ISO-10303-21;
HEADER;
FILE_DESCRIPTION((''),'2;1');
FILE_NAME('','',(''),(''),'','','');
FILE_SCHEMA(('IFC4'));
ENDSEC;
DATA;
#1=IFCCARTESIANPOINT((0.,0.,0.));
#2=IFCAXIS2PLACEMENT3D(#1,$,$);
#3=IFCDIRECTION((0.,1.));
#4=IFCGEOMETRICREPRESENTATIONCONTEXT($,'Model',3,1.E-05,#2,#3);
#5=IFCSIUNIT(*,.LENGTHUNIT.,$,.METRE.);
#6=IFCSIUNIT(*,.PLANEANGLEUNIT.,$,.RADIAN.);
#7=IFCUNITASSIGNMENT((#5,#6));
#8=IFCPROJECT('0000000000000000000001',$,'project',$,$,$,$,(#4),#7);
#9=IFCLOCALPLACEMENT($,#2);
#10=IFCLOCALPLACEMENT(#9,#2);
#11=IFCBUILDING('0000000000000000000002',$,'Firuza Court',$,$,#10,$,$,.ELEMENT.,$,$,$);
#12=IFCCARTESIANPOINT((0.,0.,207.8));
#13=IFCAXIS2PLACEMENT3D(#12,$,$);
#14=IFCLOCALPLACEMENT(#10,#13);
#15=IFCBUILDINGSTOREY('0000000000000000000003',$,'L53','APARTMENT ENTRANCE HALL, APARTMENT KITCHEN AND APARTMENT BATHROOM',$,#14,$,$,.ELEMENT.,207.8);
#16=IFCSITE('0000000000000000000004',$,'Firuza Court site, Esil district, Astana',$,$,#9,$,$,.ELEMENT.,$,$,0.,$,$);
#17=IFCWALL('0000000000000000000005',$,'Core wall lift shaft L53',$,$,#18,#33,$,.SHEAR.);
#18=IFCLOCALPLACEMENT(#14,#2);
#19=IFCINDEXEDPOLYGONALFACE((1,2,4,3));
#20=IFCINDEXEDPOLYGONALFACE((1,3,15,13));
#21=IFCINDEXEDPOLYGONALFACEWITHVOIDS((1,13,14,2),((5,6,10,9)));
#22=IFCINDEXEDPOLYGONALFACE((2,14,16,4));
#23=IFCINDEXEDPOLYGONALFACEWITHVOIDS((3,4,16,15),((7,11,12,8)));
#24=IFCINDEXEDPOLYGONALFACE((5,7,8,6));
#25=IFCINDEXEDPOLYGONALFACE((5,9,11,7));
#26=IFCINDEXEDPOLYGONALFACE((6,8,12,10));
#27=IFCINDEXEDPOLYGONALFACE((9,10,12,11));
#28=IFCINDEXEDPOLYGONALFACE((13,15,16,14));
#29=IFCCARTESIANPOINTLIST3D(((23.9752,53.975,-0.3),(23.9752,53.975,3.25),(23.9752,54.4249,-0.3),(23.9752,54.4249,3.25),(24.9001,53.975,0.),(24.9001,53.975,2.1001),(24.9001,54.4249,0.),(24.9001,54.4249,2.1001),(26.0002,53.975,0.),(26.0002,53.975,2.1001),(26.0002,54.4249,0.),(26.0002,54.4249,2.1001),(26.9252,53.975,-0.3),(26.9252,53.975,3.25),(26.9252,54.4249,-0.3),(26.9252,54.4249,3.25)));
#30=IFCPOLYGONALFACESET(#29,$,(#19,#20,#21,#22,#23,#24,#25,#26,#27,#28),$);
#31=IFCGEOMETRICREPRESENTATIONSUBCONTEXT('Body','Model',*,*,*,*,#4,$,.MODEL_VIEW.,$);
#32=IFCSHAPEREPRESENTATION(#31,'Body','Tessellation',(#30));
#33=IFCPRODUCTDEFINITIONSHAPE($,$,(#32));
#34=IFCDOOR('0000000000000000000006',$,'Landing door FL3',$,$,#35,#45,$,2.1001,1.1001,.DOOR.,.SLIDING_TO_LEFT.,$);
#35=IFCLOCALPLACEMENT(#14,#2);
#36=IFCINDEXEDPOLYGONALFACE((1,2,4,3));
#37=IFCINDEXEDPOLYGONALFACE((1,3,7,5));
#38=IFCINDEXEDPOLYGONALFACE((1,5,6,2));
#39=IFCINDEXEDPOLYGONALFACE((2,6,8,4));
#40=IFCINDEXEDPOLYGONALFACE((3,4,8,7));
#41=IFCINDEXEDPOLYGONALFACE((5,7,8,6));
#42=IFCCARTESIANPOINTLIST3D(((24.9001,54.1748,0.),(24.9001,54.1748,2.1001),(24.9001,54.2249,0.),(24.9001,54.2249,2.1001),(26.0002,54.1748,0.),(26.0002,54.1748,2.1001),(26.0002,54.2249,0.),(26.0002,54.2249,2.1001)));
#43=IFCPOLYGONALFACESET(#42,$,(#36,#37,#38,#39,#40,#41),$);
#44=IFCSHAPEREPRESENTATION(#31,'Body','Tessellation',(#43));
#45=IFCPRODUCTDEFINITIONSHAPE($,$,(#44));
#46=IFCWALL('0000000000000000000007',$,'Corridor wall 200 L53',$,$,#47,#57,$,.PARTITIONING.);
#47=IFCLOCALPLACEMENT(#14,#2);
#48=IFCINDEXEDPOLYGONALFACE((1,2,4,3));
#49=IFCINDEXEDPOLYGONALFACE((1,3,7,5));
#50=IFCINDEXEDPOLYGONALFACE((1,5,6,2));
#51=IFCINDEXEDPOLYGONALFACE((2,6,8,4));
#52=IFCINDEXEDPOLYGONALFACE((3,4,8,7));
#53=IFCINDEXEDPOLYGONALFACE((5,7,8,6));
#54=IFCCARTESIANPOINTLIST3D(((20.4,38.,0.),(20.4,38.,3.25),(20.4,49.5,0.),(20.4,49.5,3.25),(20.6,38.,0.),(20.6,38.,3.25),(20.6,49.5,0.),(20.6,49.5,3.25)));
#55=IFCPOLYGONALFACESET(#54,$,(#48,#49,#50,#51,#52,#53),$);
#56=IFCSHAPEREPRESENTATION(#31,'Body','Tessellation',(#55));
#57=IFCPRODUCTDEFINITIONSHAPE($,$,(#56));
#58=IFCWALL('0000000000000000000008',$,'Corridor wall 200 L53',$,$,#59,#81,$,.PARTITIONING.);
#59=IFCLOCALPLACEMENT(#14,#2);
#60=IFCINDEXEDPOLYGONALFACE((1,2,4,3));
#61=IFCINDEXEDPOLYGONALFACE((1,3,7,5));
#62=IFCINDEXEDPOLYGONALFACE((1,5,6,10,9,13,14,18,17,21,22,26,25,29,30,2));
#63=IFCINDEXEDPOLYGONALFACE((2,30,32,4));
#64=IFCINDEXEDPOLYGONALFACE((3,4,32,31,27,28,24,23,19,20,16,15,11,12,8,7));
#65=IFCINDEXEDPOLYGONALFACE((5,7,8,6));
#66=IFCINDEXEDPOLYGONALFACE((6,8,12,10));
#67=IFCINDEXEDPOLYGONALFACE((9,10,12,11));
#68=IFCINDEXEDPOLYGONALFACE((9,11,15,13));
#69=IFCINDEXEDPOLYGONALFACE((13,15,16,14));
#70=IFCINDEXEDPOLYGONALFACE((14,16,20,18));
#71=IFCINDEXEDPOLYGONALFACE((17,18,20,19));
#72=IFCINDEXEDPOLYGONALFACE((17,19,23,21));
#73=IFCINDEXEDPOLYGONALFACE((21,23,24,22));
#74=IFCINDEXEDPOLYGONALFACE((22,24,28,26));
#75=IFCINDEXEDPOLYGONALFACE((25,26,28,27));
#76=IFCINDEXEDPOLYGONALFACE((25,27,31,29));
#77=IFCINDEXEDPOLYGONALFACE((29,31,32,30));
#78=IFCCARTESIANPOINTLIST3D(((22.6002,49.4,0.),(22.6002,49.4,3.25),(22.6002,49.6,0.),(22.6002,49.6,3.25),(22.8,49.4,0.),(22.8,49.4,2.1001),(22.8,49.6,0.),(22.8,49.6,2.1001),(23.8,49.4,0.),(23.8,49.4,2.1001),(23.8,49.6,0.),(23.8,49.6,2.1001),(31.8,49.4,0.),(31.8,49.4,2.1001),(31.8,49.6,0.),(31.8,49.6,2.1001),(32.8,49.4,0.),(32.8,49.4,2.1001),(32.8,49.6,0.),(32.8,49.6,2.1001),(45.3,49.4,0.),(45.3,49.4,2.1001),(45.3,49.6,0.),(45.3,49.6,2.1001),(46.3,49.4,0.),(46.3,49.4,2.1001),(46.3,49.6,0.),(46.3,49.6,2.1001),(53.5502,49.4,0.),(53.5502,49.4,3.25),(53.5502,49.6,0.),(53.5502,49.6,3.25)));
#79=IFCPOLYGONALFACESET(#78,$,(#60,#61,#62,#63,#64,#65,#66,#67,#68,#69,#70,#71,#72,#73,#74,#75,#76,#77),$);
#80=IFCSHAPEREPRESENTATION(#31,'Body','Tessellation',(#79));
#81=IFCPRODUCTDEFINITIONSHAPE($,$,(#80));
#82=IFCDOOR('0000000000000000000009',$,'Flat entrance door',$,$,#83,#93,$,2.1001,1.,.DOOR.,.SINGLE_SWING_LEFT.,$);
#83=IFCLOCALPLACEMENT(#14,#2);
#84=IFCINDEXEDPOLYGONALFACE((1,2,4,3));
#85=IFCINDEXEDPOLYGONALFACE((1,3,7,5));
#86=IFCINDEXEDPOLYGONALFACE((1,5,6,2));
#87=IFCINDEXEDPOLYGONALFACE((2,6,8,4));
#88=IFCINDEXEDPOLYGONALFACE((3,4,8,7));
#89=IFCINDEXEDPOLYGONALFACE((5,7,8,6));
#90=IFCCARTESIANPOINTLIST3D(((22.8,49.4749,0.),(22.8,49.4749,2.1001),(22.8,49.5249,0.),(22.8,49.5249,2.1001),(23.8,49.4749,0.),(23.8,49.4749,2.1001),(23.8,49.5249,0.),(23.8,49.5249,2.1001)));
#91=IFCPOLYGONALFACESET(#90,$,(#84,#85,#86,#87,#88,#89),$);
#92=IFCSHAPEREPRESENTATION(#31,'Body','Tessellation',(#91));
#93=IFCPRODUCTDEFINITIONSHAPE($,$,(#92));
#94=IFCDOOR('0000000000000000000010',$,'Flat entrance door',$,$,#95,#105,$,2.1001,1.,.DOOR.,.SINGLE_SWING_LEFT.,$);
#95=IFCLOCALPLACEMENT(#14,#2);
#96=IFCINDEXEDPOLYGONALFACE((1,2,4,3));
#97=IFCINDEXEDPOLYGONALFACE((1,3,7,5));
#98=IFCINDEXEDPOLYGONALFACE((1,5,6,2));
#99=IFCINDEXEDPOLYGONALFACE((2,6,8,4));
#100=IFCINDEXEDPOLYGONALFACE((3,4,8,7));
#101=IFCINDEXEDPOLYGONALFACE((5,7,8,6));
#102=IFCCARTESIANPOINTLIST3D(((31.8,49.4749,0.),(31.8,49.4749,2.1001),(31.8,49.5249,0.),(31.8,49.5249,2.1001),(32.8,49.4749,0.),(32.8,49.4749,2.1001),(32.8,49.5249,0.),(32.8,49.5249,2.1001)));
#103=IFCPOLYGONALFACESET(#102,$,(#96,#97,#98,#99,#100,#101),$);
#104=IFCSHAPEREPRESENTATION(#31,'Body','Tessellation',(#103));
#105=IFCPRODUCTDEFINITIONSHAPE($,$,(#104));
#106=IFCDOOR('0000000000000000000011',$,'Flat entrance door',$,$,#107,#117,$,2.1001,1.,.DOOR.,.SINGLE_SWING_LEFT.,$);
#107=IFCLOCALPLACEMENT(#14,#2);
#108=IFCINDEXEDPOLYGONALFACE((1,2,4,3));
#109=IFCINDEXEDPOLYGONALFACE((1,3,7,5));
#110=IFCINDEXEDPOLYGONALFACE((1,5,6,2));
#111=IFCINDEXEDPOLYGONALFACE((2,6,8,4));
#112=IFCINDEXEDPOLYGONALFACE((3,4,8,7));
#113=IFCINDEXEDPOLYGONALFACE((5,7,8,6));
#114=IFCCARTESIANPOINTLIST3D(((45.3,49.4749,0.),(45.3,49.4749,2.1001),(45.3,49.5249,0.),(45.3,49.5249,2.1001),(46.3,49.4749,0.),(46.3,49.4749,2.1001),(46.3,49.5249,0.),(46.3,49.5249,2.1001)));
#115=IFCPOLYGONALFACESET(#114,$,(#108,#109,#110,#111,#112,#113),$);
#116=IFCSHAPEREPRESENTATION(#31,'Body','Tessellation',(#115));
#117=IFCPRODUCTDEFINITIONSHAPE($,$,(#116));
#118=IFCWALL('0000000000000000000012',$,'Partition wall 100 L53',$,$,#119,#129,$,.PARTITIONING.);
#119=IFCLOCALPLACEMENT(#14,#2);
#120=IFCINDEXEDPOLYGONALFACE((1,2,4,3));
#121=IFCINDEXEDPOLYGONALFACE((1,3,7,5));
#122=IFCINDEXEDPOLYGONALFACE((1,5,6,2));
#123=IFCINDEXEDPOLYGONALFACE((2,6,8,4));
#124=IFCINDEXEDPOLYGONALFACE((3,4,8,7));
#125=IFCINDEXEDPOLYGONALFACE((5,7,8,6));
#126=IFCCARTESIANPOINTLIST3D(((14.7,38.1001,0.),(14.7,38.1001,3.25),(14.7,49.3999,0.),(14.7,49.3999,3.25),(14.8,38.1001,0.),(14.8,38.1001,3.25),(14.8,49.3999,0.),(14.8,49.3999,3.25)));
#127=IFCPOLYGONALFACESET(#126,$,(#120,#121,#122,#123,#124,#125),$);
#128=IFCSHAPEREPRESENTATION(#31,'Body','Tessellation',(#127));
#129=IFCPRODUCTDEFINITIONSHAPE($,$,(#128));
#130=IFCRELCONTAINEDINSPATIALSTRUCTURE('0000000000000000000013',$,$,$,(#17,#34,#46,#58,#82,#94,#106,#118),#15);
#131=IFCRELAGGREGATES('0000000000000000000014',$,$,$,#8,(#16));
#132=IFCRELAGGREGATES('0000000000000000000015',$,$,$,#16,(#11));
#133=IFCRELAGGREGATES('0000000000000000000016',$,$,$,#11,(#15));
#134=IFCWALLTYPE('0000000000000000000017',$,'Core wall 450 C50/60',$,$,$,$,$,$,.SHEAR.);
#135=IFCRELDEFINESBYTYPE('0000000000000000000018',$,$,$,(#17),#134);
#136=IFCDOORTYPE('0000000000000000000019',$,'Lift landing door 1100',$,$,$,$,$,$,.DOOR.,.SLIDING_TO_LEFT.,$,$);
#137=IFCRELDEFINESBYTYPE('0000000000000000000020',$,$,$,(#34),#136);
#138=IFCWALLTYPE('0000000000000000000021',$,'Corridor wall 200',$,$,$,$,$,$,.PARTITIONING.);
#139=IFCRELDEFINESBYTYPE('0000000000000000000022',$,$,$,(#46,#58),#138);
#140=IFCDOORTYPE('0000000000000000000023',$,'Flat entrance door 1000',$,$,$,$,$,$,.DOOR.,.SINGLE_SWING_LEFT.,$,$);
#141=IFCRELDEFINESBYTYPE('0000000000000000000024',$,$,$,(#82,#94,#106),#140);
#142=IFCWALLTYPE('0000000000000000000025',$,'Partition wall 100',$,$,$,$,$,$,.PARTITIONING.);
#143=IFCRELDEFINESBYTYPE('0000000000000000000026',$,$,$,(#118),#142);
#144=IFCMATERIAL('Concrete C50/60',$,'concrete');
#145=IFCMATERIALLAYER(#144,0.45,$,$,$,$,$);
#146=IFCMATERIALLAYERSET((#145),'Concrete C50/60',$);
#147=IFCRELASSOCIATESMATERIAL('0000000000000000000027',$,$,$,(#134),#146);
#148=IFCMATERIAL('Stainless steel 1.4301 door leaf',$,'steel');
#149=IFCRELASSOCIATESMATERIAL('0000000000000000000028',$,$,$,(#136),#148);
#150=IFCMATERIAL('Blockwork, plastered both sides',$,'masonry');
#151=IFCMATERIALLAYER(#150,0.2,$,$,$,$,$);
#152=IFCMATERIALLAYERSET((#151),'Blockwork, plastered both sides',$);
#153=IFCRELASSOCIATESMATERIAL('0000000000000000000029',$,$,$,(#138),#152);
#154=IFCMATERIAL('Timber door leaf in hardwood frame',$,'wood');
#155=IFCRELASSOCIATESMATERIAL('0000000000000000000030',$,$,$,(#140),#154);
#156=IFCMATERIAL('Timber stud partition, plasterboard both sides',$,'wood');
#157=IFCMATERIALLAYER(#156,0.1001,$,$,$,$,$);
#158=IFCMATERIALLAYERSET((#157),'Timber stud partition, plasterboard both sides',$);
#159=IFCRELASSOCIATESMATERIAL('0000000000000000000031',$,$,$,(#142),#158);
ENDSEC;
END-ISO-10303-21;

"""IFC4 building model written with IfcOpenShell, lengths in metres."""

from ifc_helpers import new_model, si_unit, direction, frame, frame_2d, origin, place, context, subcontext, project, spatial, rectangle, extrude, material, layer, layer_set, type_object, element, fill, save


model = new_model("IFC4")

# Units and contexts
model_context = context("Model", 3, precision=1e-05, world=origin(), true_north=direction((0.0, 1.0)))
body_context = subcontext(model_context, "Body", "Model", "MODEL_VIEW")
ifc_project = project(units=[si_unit("LENGTHUNIT", "METRE"), si_unit("PLANEANGLEUNIT", "RADIAN")], contexts=[model_context])

# Site, building, storey
site_placement = place(None, origin())
site = spatial("IfcSite", under=ifc_project, at=site_placement, Name="Firuza Court site, Esil district, Astana", CompositionType="ELEMENT", RefElevation=0.0)
building_placement = place(site_placement, origin())
building = spatial("IfcBuilding", under=site, at=building_placement, Name="Firuza Court", CompositionType="ELEMENT")
storey_placement = place(building_placement, frame((0.0, 0.0, 207.8)))
storey = spatial("IfcBuildingStorey", under=building, at=storey_placement, Name="L53", Description="APARTMENT ENTRANCE HALL, APARTMENT KITCHEN AND APARTMENT BATHROOM", CompositionType="ELEMENT", Elevation=207.8)

# Wall, opening, door
ifc_material_1 = material(Name="Concrete C50/60", Category="concrete")
ifc_layer_1 = layer(ifc_material_1, 0.45)
ifc_layer_set_1 = layer_set([ifc_layer_1], Name="Concrete C50/60")
wall_type_1 = type_object("IfcWallType", Name="Core wall 450 C50/60", PredefinedType="SHEAR", material=ifc_layer_set_1)
wall_1_placement = place(storey_placement, frame((23.9751, 54.2, -0.3), z_axis=(0.0, 0.0, 1.0), x_axis=(1.0, 0.0, 0.0)))
wall_1 = element("IfcWall", 1, at=wall_1_placement, inside=storey, type_object=wall_type_1, Name="Core wall lift shaft L53", PredefinedType="SHEAR", context=body_context, shape_type="SweptSolid", body=[
    extrude(rectangle(XDim=2.95, YDim=0.45, at=frame_2d((1.4751, 0.0))), origin(), (0.0, 0.0, 1.0), 3.55),
])
opening_1_placement = place(wall_1_placement, frame((0.925, 0.0, 0.3)))
opening_1 = element("IfcOpeningElement", 2, at=opening_1_placement, cuts=wall_1, PredefinedType="OPENING", context=body_context, shape_type="SweptSolid", body=[
    extrude(rectangle(XDim=1.1001, YDim=2.1001, at=frame_2d((0.55, 1.05))), frame((0.0, 0.2368, 0.0), z_axis=(0.0, -1.0, 0.0), x_axis=(1.0, 0.0, 0.0)), (0.0, 0.0, 1.0), 0.4739),
])
ifc_material_2 = material(Name="Stainless steel 1.4301 door leaf", Category="steel")
door_type_1 = type_object("IfcDoorType", Name="Lift landing door 1100", OperationType="SLIDING_TO_LEFT", PredefinedType="DOOR", material=ifc_material_2)
door_1_placement = place(opening_1_placement, origin())
door_1 = element("IfcDoor", 3, at=door_1_placement, inside=storey, type_object=door_type_1, Name="Landing door FL3", OperationType="SLIDING_TO_LEFT", OverallHeight=2.1001, OverallWidth=1.1001, PredefinedType="DOOR", context=body_context, shape_type="SweptSolid", body=[
    extrude(rectangle(XDim=1.1001, YDim=2.1001, at=frame_2d((0.55, 1.05))), frame((0.0, 0.0249, 0.0), z_axis=(0.0, -1.0, 0.0), x_axis=(1.0, 0.0, 0.0)), (0.0, 0.0, 1.0), 0.05),
])
fill(opening_1, door_1)

# Wall
ifc_material_3 = material(Name="Blockwork, plastered both sides", Category="masonry")
ifc_layer_2 = layer(ifc_material_3, 0.2)
ifc_layer_set_2 = layer_set([ifc_layer_2], Name="Blockwork, plastered both sides")
wall_type_2 = type_object("IfcWallType", Name="Corridor wall 200", PredefinedType="PARTITIONING", material=ifc_layer_set_2)
wall_2_placement = place(storey_placement, frame((20.5, 38.0, 0.0), z_axis=(0.0, 0.0, 1.0), x_axis=(0.0, 1.0, 0.0)))
element("IfcWall", 4, at=wall_2_placement, inside=storey, type_object=wall_type_2, Name="Corridor wall 200 L53", PredefinedType="PARTITIONING", context=body_context, shape_type="SweptSolid", body=[
    extrude(rectangle(XDim=11.5, YDim=0.2, at=frame_2d((5.75, 0.0))), origin(), (0.0, 0.0, 1.0), 3.25),
])

# Wall, openings, doors
wall_3_placement = place(storey_placement, frame((22.6001, 49.5, 0.0), z_axis=(0.0, 0.0, 1.0), x_axis=(1.0, 0.0, 0.0)))
wall_3 = element("IfcWall", 5, at=wall_3_placement, inside=storey, type_object=wall_type_2, Name="Corridor wall 200 L53", PredefinedType="PARTITIONING", context=body_context, shape_type="SweptSolid", body=[
    extrude(rectangle(XDim=30.95, YDim=0.2, at=frame_2d((15.4751, 0.0))), origin(), (0.0, 0.0, 1.0), 3.25),
])
opening_2_placement = place(wall_3_placement, frame((0.2, 0.0, 0.0)))
opening_2 = element("IfcOpeningElement", 6, at=opening_2_placement, cuts=wall_3, PredefinedType="OPENING", context=body_context, shape_type="SweptSolid", body=[
    extrude(rectangle(XDim=1.0, YDim=2.1001, at=frame_2d((0.5, 1.05))), frame((0.0, 0.1118, 0.0), z_axis=(0.0, -1.0, 0.0), x_axis=(1.0, 0.0, 0.0)), (0.0, 0.0, 1.0), 0.2239),
])
opening_3_placement = place(wall_3_placement, frame((9.2, 0.0, 0.0)))
opening_3 = element("IfcOpeningElement", 7, at=opening_3_placement, cuts=wall_3, PredefinedType="OPENING", context=body_context, shape_type="SweptSolid", body=[
    extrude(rectangle(XDim=1.0, YDim=2.1001, at=frame_2d((0.5, 1.05))), frame((0.0, 0.1118, 0.0), z_axis=(0.0, -1.0, 0.0), x_axis=(1.0, 0.0, 0.0)), (0.0, 0.0, 1.0), 0.2239),
])
opening_4_placement = place(wall_3_placement, frame((22.7, 0.0, 0.0)))
opening_4 = element("IfcOpeningElement", 8, at=opening_4_placement, cuts=wall_3, PredefinedType="OPENING", context=body_context, shape_type="SweptSolid", body=[
    extrude(rectangle(XDim=1.0, YDim=2.1001, at=frame_2d((0.5, 1.05))), frame((0.0, 0.1118, 0.0), z_axis=(0.0, -1.0, 0.0), x_axis=(1.0, 0.0, 0.0)), (0.0, 0.0, 1.0), 0.2239),
])
ifc_material_4 = material(Name="Timber door leaf in hardwood frame", Category="wood")
door_type_2 = type_object("IfcDoorType", Name="Flat entrance door 1000", OperationType="SINGLE_SWING_LEFT", PredefinedType="DOOR", material=ifc_material_4)
door_2_placement = place(opening_2_placement, origin())
door_2 = element("IfcDoor", 9, at=door_2_placement, inside=storey, type_object=door_type_2, Name="Flat entrance door", OperationType="SINGLE_SWING_LEFT", OverallHeight=2.1001, OverallWidth=1.0, PredefinedType="DOOR", context=body_context, shape_type="SweptSolid", body=[
    extrude(rectangle(XDim=1.0, YDim=2.1001, at=frame_2d((0.5, 1.05))), frame((0.0, 0.0249, 0.0), z_axis=(0.0, -1.0, 0.0), x_axis=(1.0, 0.0, 0.0)), (0.0, 0.0, 1.0), 0.05),
])
fill(opening_2, door_2)
door_3_placement = place(opening_3_placement, origin())
door_3 = element("IfcDoor", 10, at=door_3_placement, inside=storey, type_object=door_type_2, Name="Flat entrance door", OperationType="SINGLE_SWING_LEFT", OverallHeight=2.1001, OverallWidth=1.0, PredefinedType="DOOR", context=body_context, shape_type="SweptSolid", body=[
    extrude(rectangle(XDim=1.0, YDim=2.1001, at=frame_2d((0.5, 1.05))), frame((0.0, 0.0249, 0.0), z_axis=(0.0, -1.0, 0.0), x_axis=(1.0, 0.0, 0.0)), (0.0, 0.0, 1.0), 0.05),
])
fill(opening_3, door_3)
door_4_placement = place(opening_4_placement, origin())
door_4 = element("IfcDoor", 11, at=door_4_placement, inside=storey, type_object=door_type_2, Name="Flat entrance door", OperationType="SINGLE_SWING_LEFT", OverallHeight=2.1001, OverallWidth=1.0, PredefinedType="DOOR", context=body_context, shape_type="SweptSolid", body=[
    extrude(rectangle(XDim=1.0, YDim=2.1001, at=frame_2d((0.5, 1.05))), frame((0.0, 0.0249, 0.0), z_axis=(0.0, -1.0, 0.0), x_axis=(1.0, 0.0, 0.0)), (0.0, 0.0, 1.0), 0.05),
])
fill(opening_4, door_4)

# Wall
ifc_material_5 = material(Name="Timber stud partition, plasterboard both sides", Category="wood")
ifc_layer_3 = layer(ifc_material_5, 0.1001)
ifc_layer_set_3 = layer_set([ifc_layer_3], Name="Timber stud partition, plasterboard both sides")
wall_type_3 = type_object("IfcWallType", Name="Partition wall 100", PredefinedType="PARTITIONING", material=ifc_layer_set_3)
wall_4_placement = place(storey_placement, frame((14.75, 38.1001, 0.0), z_axis=(0.0, 0.0, 1.0), x_axis=(0.0, 1.0, 0.0)))
element("IfcWall", 12, at=wall_4_placement, inside=storey, type_object=wall_type_3, Name="Partition wall 100 L53", PredefinedType="PARTITIONING", context=body_context, shape_type="SweptSolid", body=[
    extrude(rectangle(XDim=11.2998, YDim=0.1001, at=frame_2d((5.6499, 0.0))), origin(), (0.0, 0.0, 1.0), 3.25),
])

save(model, "model.ifc")
